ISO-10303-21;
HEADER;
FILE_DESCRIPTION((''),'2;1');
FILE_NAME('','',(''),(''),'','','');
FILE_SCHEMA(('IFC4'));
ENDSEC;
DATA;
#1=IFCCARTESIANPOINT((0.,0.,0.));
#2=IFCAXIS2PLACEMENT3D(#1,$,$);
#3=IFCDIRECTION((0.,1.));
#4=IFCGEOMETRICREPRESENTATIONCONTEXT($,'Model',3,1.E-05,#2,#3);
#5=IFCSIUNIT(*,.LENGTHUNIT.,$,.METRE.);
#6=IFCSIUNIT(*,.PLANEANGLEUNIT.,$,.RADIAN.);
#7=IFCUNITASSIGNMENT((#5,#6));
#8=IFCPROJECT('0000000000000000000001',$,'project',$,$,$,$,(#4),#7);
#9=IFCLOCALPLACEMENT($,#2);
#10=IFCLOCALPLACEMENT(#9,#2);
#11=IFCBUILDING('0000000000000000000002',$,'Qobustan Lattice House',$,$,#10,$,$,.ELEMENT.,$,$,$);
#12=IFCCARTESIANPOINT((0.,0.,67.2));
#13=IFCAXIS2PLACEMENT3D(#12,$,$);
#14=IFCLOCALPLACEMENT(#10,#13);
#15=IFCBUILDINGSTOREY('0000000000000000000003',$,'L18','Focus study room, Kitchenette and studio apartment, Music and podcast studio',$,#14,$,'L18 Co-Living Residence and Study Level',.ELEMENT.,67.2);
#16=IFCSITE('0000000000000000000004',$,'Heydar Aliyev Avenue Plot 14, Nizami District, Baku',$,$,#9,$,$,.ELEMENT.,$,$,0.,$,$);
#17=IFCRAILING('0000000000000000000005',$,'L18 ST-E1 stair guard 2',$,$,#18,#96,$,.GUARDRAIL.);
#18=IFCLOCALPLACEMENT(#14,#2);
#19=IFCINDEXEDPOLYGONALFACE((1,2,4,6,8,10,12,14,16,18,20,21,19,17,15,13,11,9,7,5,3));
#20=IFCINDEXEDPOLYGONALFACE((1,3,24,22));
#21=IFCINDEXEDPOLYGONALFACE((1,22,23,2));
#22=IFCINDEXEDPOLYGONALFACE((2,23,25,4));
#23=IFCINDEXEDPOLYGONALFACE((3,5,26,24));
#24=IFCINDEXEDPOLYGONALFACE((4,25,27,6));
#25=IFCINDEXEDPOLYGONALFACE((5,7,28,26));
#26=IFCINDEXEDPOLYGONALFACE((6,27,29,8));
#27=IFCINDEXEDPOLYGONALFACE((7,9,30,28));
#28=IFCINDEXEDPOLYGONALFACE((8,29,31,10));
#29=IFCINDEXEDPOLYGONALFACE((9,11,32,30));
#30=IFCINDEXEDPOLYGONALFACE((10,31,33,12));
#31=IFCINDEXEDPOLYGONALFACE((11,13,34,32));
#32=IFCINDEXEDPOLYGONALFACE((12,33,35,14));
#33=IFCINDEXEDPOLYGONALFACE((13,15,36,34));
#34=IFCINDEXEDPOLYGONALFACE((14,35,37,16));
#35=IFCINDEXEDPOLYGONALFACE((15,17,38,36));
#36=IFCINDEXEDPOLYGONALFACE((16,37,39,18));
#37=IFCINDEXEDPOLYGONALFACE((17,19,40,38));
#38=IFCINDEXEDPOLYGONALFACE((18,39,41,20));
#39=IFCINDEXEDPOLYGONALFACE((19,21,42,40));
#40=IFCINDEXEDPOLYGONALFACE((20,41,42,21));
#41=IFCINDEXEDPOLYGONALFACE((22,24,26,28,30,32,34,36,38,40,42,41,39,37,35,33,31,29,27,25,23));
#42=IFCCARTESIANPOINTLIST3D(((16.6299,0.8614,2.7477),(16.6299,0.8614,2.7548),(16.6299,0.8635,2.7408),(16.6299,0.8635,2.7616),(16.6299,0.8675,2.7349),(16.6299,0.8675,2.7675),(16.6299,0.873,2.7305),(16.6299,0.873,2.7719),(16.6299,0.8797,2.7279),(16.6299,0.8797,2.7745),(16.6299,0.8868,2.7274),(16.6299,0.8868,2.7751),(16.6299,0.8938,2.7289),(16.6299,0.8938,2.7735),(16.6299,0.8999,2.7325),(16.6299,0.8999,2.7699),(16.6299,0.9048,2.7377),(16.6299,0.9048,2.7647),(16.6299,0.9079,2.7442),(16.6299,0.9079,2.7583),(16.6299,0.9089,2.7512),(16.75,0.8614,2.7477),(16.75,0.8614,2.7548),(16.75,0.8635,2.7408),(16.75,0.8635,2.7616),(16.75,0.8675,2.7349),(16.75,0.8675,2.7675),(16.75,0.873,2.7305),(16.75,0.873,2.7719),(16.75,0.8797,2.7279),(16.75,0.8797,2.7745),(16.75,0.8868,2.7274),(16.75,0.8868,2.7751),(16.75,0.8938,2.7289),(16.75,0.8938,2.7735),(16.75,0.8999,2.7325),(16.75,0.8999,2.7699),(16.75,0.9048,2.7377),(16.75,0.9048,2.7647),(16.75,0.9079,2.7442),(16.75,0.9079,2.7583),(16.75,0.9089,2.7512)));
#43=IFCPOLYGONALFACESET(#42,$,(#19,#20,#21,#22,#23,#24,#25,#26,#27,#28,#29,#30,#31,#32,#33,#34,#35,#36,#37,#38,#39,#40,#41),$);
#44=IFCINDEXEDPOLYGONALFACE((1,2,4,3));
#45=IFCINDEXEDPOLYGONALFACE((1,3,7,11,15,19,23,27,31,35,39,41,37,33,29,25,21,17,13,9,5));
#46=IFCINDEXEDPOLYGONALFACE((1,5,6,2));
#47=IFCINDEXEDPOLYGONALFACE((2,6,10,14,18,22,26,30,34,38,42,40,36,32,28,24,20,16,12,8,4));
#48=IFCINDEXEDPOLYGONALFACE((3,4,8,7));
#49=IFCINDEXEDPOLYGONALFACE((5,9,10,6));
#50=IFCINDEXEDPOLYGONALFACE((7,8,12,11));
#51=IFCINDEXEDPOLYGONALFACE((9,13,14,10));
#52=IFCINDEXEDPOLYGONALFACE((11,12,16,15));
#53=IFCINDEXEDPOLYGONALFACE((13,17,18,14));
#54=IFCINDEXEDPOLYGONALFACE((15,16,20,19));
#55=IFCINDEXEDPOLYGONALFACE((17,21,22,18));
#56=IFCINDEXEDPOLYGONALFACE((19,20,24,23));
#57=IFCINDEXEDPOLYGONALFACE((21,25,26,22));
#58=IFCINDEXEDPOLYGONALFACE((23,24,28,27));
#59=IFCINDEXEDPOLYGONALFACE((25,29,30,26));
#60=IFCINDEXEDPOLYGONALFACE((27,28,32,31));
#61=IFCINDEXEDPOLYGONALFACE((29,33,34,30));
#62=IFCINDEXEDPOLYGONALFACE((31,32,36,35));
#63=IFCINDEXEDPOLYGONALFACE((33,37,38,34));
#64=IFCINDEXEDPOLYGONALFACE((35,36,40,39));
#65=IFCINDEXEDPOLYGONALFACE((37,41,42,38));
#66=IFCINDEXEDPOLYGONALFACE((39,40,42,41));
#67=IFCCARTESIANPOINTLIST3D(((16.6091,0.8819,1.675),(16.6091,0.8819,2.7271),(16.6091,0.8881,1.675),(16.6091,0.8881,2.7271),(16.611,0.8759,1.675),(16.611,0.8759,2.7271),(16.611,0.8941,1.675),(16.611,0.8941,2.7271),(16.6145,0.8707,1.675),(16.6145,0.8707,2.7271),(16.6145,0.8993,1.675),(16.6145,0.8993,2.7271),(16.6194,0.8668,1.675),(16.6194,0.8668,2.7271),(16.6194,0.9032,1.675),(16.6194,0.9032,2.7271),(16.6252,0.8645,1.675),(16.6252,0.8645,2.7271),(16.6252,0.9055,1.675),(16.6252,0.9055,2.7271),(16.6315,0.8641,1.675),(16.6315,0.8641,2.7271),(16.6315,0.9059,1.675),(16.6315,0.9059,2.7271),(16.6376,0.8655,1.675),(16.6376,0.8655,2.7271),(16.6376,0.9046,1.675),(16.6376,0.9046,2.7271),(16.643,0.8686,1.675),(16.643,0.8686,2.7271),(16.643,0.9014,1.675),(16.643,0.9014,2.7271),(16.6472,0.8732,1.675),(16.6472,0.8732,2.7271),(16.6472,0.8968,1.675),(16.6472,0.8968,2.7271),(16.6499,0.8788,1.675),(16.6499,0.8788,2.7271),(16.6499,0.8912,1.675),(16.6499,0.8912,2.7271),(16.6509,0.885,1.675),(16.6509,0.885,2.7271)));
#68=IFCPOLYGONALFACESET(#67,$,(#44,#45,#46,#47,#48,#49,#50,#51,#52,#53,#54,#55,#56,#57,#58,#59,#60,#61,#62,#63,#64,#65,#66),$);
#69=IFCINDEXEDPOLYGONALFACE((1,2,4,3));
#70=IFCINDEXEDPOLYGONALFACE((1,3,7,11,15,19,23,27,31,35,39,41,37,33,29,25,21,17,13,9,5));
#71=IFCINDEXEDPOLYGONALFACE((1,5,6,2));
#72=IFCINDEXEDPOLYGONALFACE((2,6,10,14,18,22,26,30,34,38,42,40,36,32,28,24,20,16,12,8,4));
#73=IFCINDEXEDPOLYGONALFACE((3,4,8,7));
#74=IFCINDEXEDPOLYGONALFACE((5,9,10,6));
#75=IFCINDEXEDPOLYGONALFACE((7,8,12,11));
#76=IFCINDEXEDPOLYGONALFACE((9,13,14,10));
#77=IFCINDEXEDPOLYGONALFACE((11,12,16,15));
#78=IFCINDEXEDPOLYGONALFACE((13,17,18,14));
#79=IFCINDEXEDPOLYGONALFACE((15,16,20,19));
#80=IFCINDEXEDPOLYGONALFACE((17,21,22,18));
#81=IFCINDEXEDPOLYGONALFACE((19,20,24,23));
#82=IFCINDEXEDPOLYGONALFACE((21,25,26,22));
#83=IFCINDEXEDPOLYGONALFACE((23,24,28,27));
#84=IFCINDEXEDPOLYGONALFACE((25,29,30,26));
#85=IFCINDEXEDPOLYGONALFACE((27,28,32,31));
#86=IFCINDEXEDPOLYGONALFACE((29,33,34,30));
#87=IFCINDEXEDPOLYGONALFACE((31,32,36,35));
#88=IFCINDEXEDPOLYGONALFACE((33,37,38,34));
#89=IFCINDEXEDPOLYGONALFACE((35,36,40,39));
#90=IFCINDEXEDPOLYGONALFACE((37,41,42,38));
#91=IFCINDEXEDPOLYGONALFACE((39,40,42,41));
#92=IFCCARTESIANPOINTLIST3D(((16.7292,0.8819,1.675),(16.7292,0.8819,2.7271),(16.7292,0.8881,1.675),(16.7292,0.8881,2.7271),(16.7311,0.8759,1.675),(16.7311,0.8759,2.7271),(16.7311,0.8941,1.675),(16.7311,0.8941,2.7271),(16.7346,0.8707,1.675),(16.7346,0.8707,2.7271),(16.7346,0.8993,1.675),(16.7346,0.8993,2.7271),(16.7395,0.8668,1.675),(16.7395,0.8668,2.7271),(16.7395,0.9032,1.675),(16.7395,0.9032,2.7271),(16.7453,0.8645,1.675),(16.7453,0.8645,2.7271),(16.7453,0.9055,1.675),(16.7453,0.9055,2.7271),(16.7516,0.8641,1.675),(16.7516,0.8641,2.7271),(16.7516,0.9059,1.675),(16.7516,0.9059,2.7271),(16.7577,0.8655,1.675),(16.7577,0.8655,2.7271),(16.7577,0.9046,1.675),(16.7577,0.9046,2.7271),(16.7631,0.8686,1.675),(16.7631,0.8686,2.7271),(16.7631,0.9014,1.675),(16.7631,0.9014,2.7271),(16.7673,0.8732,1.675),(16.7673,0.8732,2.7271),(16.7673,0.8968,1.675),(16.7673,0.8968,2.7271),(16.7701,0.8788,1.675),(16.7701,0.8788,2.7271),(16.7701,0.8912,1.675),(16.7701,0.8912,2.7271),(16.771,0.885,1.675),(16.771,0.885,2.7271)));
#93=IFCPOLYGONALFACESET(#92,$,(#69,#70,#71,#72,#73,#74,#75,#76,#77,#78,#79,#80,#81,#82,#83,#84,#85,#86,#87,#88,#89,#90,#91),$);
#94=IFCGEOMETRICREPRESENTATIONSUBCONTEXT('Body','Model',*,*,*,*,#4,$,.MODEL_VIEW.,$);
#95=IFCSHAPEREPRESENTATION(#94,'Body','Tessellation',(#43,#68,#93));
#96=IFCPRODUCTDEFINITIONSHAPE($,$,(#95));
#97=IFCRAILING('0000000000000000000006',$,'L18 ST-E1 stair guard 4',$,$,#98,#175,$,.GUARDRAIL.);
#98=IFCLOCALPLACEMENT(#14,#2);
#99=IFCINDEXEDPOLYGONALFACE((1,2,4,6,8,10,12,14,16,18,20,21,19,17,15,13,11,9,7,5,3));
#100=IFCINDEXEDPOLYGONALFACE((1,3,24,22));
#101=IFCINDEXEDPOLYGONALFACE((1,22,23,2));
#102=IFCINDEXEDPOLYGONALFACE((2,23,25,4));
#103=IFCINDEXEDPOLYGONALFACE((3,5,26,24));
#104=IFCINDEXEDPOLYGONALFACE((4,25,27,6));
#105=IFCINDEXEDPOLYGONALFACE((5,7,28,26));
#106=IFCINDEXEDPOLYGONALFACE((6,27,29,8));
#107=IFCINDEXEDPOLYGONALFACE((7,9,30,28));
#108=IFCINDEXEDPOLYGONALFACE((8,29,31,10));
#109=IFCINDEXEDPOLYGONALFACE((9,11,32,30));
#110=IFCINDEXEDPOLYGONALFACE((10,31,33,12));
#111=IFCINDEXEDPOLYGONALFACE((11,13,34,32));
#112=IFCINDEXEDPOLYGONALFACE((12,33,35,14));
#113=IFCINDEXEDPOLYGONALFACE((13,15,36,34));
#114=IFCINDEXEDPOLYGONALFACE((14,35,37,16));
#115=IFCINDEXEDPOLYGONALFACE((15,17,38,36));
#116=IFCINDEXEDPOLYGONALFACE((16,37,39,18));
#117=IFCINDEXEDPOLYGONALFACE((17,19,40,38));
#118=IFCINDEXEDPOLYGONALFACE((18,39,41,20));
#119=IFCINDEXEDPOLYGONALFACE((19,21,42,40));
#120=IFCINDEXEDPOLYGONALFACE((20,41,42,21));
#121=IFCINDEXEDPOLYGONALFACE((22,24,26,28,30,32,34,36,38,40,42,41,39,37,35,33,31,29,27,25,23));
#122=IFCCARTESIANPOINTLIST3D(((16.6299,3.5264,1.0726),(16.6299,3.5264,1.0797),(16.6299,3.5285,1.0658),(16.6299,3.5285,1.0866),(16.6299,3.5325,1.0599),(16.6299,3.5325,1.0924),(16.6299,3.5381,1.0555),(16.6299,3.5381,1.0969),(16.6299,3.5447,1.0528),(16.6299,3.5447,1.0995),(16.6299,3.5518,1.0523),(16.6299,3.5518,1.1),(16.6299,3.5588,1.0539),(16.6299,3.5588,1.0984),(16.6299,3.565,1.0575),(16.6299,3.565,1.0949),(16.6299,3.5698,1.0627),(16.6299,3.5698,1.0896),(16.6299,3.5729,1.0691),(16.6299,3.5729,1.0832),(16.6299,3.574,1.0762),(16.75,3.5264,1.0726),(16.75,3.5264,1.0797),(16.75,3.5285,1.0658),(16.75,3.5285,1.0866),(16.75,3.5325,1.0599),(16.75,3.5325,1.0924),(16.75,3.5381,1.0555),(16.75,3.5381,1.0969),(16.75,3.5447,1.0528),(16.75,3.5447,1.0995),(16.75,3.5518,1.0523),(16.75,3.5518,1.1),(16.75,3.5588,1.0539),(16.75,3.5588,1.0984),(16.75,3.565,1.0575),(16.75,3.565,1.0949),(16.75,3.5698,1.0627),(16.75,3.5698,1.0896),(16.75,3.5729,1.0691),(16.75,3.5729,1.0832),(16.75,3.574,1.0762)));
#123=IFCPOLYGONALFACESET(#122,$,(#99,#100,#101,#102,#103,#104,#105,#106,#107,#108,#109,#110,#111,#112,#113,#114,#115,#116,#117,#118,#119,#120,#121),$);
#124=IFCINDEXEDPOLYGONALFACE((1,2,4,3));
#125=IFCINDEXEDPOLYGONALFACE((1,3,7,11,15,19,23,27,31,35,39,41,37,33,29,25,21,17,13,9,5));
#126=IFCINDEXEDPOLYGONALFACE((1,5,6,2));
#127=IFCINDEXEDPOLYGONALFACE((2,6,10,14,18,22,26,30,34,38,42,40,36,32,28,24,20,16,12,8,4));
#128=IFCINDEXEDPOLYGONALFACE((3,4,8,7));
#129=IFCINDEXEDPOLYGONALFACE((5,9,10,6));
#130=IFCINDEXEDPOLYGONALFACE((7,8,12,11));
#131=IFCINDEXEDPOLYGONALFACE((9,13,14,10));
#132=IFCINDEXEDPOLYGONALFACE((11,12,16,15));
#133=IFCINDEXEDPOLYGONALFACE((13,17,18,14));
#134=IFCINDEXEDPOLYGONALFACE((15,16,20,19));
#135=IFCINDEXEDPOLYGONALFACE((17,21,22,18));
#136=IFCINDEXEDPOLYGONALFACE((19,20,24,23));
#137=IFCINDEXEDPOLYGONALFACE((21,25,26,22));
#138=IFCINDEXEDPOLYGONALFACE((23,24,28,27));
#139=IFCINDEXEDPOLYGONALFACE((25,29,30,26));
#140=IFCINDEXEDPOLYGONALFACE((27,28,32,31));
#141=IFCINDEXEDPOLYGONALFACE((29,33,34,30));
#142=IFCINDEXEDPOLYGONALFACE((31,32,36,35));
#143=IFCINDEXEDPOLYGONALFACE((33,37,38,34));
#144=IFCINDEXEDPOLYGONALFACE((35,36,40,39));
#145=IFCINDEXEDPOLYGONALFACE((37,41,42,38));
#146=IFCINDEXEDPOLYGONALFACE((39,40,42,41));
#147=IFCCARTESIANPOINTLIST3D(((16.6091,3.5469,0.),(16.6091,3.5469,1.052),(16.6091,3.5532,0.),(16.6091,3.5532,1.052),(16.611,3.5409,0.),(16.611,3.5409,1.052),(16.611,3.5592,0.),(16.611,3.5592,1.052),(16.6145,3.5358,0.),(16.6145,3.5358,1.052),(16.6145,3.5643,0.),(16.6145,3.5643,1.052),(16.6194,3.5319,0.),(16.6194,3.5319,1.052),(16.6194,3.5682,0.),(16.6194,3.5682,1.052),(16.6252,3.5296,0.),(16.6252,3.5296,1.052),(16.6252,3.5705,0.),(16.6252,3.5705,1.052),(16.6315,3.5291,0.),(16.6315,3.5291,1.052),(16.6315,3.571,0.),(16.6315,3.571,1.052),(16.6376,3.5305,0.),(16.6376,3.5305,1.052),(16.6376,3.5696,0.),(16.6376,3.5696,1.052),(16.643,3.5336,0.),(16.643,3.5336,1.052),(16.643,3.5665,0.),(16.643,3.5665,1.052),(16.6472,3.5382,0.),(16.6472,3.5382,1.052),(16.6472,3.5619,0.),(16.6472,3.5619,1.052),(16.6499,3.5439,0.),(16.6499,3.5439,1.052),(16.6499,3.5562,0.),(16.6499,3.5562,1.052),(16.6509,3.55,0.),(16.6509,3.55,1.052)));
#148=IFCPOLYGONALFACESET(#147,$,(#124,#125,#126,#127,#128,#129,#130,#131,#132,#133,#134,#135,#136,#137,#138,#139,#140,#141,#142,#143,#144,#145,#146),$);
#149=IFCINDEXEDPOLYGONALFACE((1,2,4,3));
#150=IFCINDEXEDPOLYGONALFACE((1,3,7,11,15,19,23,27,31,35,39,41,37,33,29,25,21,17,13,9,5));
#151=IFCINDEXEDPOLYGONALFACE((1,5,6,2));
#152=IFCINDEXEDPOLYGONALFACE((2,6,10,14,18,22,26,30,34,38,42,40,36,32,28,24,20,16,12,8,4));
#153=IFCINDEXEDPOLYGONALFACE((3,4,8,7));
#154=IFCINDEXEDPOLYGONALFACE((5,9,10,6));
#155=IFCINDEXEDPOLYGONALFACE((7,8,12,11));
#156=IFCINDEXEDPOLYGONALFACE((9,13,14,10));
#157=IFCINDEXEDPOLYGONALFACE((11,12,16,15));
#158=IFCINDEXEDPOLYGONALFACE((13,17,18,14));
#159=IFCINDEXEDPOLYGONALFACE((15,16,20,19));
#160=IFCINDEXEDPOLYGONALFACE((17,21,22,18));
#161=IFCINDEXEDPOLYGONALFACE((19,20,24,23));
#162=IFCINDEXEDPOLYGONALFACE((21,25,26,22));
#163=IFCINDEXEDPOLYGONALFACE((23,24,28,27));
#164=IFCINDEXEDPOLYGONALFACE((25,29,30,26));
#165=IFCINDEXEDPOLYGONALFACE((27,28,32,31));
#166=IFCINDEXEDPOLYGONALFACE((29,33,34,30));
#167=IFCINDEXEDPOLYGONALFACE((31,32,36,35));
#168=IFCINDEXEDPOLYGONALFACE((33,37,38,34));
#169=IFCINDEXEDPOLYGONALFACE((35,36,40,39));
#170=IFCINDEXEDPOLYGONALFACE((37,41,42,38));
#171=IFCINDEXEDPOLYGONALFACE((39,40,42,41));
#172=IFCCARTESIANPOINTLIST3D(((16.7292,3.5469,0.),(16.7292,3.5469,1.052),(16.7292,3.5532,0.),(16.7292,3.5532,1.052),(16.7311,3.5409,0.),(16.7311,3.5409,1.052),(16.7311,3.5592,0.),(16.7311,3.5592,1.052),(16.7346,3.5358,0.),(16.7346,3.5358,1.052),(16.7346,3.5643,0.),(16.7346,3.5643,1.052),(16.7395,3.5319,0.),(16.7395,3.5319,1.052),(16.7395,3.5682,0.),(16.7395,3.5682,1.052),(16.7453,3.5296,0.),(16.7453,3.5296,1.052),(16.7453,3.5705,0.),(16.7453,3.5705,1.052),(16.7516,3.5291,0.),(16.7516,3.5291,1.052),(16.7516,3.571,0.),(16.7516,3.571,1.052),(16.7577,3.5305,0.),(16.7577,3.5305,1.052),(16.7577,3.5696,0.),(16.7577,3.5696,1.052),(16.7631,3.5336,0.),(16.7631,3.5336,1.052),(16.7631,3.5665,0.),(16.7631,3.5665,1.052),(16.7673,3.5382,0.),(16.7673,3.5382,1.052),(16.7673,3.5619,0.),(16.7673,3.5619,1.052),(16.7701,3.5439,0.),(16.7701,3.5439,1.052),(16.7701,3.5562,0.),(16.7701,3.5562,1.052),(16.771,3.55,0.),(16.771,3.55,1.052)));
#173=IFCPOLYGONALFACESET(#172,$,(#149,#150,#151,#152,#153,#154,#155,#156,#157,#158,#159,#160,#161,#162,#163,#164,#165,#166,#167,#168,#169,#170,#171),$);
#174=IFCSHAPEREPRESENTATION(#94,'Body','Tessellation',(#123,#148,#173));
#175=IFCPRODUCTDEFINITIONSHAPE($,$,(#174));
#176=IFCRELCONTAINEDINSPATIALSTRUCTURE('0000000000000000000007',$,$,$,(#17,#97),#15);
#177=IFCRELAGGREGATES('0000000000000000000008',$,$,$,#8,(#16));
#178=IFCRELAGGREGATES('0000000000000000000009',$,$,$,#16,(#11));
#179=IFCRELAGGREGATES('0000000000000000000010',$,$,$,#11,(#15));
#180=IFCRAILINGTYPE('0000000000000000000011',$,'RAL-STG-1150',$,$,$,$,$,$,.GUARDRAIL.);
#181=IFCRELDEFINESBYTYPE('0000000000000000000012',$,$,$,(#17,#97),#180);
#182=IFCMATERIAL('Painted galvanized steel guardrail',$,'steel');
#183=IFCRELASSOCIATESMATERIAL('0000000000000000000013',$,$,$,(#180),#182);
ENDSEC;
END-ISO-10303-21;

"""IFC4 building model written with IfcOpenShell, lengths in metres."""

from ifc_helpers import new_model, si_unit, direction, frame, origin, origin_2d, place, context, subcontext, project, spatial, circle, extrude, material, type_object, element, save


model = new_model("IFC4")

# Units and contexts
model_context = context("Model", 3, precision=1e-05, world=origin(), true_north=direction((0.0, 1.0)))
body_context = subcontext(model_context, "Body", "Model", "MODEL_VIEW")
ifc_project = project(units=[si_unit("LENGTHUNIT", "METRE"), si_unit("PLANEANGLEUNIT", "RADIAN")], contexts=[model_context])

# Site, building, storey
site_placement = place(None, origin())
site = spatial("IfcSite", under=ifc_project, at=site_placement, Name="Heydar Aliyev Avenue Plot 14, Nizami District, Baku", CompositionType="ELEMENT", RefElevation=0.0)
building_placement = place(site_placement, origin())
building = spatial("IfcBuilding", under=site, at=building_placement, Name="Qobustan Lattice House", CompositionType="ELEMENT")
storey_placement = place(building_placement, frame((0.0, 0.0, 67.2)))
storey = spatial("IfcBuildingStorey", under=building, at=storey_placement, Name="L18", Description="Focus study room, Kitchenette and studio apartment, Music and podcast studio", LongName="L18 Co-Living Residence and Study Level", CompositionType="ELEMENT", Elevation=67.2)

# Railings
ifc_material_1 = material(Name="Painted galvanized steel guardrail", Category="steel")
railing_type_1 = type_object("IfcRailingType", Name="RAL-STG-1150", PredefinedType="GUARDRAIL", material=ifc_material_1)
for number, where, name in (
    (1, (16.6299, 0.885, 1.675), "L18 ST-E1 stair guard 2"),
    (2, (16.6299, 3.55, 0.0), "L18 ST-E1 stair guard 4"),
):
    element("IfcRailing", number, at=place(storey_placement, frame(where)), inside=storey, type_object=railing_type_1, Name=name, PredefinedType="GUARDRAIL", context=body_context, shape_type="SweptSolid", body=[
        extrude(circle(Radius=0.0239, at=origin_2d()), frame((0.0, 0.0, 1.0762), z_axis=(1.0, 0.0, 0.0), x_axis=(0.0, 1.0, 0.0)), (0.0, 0.0, 1.0), 0.1201),
        extrude(circle(Radius=0.021, at=origin_2d()), origin(), (0.0, 0.0, 1.0), 1.052),
        extrude(circle(Radius=0.021, at=origin_2d()), frame((0.1201, 0.0, 0.0)), (0.0, 0.0, 1.0), 1.052),
    ])

save(model, "model.ifc")
